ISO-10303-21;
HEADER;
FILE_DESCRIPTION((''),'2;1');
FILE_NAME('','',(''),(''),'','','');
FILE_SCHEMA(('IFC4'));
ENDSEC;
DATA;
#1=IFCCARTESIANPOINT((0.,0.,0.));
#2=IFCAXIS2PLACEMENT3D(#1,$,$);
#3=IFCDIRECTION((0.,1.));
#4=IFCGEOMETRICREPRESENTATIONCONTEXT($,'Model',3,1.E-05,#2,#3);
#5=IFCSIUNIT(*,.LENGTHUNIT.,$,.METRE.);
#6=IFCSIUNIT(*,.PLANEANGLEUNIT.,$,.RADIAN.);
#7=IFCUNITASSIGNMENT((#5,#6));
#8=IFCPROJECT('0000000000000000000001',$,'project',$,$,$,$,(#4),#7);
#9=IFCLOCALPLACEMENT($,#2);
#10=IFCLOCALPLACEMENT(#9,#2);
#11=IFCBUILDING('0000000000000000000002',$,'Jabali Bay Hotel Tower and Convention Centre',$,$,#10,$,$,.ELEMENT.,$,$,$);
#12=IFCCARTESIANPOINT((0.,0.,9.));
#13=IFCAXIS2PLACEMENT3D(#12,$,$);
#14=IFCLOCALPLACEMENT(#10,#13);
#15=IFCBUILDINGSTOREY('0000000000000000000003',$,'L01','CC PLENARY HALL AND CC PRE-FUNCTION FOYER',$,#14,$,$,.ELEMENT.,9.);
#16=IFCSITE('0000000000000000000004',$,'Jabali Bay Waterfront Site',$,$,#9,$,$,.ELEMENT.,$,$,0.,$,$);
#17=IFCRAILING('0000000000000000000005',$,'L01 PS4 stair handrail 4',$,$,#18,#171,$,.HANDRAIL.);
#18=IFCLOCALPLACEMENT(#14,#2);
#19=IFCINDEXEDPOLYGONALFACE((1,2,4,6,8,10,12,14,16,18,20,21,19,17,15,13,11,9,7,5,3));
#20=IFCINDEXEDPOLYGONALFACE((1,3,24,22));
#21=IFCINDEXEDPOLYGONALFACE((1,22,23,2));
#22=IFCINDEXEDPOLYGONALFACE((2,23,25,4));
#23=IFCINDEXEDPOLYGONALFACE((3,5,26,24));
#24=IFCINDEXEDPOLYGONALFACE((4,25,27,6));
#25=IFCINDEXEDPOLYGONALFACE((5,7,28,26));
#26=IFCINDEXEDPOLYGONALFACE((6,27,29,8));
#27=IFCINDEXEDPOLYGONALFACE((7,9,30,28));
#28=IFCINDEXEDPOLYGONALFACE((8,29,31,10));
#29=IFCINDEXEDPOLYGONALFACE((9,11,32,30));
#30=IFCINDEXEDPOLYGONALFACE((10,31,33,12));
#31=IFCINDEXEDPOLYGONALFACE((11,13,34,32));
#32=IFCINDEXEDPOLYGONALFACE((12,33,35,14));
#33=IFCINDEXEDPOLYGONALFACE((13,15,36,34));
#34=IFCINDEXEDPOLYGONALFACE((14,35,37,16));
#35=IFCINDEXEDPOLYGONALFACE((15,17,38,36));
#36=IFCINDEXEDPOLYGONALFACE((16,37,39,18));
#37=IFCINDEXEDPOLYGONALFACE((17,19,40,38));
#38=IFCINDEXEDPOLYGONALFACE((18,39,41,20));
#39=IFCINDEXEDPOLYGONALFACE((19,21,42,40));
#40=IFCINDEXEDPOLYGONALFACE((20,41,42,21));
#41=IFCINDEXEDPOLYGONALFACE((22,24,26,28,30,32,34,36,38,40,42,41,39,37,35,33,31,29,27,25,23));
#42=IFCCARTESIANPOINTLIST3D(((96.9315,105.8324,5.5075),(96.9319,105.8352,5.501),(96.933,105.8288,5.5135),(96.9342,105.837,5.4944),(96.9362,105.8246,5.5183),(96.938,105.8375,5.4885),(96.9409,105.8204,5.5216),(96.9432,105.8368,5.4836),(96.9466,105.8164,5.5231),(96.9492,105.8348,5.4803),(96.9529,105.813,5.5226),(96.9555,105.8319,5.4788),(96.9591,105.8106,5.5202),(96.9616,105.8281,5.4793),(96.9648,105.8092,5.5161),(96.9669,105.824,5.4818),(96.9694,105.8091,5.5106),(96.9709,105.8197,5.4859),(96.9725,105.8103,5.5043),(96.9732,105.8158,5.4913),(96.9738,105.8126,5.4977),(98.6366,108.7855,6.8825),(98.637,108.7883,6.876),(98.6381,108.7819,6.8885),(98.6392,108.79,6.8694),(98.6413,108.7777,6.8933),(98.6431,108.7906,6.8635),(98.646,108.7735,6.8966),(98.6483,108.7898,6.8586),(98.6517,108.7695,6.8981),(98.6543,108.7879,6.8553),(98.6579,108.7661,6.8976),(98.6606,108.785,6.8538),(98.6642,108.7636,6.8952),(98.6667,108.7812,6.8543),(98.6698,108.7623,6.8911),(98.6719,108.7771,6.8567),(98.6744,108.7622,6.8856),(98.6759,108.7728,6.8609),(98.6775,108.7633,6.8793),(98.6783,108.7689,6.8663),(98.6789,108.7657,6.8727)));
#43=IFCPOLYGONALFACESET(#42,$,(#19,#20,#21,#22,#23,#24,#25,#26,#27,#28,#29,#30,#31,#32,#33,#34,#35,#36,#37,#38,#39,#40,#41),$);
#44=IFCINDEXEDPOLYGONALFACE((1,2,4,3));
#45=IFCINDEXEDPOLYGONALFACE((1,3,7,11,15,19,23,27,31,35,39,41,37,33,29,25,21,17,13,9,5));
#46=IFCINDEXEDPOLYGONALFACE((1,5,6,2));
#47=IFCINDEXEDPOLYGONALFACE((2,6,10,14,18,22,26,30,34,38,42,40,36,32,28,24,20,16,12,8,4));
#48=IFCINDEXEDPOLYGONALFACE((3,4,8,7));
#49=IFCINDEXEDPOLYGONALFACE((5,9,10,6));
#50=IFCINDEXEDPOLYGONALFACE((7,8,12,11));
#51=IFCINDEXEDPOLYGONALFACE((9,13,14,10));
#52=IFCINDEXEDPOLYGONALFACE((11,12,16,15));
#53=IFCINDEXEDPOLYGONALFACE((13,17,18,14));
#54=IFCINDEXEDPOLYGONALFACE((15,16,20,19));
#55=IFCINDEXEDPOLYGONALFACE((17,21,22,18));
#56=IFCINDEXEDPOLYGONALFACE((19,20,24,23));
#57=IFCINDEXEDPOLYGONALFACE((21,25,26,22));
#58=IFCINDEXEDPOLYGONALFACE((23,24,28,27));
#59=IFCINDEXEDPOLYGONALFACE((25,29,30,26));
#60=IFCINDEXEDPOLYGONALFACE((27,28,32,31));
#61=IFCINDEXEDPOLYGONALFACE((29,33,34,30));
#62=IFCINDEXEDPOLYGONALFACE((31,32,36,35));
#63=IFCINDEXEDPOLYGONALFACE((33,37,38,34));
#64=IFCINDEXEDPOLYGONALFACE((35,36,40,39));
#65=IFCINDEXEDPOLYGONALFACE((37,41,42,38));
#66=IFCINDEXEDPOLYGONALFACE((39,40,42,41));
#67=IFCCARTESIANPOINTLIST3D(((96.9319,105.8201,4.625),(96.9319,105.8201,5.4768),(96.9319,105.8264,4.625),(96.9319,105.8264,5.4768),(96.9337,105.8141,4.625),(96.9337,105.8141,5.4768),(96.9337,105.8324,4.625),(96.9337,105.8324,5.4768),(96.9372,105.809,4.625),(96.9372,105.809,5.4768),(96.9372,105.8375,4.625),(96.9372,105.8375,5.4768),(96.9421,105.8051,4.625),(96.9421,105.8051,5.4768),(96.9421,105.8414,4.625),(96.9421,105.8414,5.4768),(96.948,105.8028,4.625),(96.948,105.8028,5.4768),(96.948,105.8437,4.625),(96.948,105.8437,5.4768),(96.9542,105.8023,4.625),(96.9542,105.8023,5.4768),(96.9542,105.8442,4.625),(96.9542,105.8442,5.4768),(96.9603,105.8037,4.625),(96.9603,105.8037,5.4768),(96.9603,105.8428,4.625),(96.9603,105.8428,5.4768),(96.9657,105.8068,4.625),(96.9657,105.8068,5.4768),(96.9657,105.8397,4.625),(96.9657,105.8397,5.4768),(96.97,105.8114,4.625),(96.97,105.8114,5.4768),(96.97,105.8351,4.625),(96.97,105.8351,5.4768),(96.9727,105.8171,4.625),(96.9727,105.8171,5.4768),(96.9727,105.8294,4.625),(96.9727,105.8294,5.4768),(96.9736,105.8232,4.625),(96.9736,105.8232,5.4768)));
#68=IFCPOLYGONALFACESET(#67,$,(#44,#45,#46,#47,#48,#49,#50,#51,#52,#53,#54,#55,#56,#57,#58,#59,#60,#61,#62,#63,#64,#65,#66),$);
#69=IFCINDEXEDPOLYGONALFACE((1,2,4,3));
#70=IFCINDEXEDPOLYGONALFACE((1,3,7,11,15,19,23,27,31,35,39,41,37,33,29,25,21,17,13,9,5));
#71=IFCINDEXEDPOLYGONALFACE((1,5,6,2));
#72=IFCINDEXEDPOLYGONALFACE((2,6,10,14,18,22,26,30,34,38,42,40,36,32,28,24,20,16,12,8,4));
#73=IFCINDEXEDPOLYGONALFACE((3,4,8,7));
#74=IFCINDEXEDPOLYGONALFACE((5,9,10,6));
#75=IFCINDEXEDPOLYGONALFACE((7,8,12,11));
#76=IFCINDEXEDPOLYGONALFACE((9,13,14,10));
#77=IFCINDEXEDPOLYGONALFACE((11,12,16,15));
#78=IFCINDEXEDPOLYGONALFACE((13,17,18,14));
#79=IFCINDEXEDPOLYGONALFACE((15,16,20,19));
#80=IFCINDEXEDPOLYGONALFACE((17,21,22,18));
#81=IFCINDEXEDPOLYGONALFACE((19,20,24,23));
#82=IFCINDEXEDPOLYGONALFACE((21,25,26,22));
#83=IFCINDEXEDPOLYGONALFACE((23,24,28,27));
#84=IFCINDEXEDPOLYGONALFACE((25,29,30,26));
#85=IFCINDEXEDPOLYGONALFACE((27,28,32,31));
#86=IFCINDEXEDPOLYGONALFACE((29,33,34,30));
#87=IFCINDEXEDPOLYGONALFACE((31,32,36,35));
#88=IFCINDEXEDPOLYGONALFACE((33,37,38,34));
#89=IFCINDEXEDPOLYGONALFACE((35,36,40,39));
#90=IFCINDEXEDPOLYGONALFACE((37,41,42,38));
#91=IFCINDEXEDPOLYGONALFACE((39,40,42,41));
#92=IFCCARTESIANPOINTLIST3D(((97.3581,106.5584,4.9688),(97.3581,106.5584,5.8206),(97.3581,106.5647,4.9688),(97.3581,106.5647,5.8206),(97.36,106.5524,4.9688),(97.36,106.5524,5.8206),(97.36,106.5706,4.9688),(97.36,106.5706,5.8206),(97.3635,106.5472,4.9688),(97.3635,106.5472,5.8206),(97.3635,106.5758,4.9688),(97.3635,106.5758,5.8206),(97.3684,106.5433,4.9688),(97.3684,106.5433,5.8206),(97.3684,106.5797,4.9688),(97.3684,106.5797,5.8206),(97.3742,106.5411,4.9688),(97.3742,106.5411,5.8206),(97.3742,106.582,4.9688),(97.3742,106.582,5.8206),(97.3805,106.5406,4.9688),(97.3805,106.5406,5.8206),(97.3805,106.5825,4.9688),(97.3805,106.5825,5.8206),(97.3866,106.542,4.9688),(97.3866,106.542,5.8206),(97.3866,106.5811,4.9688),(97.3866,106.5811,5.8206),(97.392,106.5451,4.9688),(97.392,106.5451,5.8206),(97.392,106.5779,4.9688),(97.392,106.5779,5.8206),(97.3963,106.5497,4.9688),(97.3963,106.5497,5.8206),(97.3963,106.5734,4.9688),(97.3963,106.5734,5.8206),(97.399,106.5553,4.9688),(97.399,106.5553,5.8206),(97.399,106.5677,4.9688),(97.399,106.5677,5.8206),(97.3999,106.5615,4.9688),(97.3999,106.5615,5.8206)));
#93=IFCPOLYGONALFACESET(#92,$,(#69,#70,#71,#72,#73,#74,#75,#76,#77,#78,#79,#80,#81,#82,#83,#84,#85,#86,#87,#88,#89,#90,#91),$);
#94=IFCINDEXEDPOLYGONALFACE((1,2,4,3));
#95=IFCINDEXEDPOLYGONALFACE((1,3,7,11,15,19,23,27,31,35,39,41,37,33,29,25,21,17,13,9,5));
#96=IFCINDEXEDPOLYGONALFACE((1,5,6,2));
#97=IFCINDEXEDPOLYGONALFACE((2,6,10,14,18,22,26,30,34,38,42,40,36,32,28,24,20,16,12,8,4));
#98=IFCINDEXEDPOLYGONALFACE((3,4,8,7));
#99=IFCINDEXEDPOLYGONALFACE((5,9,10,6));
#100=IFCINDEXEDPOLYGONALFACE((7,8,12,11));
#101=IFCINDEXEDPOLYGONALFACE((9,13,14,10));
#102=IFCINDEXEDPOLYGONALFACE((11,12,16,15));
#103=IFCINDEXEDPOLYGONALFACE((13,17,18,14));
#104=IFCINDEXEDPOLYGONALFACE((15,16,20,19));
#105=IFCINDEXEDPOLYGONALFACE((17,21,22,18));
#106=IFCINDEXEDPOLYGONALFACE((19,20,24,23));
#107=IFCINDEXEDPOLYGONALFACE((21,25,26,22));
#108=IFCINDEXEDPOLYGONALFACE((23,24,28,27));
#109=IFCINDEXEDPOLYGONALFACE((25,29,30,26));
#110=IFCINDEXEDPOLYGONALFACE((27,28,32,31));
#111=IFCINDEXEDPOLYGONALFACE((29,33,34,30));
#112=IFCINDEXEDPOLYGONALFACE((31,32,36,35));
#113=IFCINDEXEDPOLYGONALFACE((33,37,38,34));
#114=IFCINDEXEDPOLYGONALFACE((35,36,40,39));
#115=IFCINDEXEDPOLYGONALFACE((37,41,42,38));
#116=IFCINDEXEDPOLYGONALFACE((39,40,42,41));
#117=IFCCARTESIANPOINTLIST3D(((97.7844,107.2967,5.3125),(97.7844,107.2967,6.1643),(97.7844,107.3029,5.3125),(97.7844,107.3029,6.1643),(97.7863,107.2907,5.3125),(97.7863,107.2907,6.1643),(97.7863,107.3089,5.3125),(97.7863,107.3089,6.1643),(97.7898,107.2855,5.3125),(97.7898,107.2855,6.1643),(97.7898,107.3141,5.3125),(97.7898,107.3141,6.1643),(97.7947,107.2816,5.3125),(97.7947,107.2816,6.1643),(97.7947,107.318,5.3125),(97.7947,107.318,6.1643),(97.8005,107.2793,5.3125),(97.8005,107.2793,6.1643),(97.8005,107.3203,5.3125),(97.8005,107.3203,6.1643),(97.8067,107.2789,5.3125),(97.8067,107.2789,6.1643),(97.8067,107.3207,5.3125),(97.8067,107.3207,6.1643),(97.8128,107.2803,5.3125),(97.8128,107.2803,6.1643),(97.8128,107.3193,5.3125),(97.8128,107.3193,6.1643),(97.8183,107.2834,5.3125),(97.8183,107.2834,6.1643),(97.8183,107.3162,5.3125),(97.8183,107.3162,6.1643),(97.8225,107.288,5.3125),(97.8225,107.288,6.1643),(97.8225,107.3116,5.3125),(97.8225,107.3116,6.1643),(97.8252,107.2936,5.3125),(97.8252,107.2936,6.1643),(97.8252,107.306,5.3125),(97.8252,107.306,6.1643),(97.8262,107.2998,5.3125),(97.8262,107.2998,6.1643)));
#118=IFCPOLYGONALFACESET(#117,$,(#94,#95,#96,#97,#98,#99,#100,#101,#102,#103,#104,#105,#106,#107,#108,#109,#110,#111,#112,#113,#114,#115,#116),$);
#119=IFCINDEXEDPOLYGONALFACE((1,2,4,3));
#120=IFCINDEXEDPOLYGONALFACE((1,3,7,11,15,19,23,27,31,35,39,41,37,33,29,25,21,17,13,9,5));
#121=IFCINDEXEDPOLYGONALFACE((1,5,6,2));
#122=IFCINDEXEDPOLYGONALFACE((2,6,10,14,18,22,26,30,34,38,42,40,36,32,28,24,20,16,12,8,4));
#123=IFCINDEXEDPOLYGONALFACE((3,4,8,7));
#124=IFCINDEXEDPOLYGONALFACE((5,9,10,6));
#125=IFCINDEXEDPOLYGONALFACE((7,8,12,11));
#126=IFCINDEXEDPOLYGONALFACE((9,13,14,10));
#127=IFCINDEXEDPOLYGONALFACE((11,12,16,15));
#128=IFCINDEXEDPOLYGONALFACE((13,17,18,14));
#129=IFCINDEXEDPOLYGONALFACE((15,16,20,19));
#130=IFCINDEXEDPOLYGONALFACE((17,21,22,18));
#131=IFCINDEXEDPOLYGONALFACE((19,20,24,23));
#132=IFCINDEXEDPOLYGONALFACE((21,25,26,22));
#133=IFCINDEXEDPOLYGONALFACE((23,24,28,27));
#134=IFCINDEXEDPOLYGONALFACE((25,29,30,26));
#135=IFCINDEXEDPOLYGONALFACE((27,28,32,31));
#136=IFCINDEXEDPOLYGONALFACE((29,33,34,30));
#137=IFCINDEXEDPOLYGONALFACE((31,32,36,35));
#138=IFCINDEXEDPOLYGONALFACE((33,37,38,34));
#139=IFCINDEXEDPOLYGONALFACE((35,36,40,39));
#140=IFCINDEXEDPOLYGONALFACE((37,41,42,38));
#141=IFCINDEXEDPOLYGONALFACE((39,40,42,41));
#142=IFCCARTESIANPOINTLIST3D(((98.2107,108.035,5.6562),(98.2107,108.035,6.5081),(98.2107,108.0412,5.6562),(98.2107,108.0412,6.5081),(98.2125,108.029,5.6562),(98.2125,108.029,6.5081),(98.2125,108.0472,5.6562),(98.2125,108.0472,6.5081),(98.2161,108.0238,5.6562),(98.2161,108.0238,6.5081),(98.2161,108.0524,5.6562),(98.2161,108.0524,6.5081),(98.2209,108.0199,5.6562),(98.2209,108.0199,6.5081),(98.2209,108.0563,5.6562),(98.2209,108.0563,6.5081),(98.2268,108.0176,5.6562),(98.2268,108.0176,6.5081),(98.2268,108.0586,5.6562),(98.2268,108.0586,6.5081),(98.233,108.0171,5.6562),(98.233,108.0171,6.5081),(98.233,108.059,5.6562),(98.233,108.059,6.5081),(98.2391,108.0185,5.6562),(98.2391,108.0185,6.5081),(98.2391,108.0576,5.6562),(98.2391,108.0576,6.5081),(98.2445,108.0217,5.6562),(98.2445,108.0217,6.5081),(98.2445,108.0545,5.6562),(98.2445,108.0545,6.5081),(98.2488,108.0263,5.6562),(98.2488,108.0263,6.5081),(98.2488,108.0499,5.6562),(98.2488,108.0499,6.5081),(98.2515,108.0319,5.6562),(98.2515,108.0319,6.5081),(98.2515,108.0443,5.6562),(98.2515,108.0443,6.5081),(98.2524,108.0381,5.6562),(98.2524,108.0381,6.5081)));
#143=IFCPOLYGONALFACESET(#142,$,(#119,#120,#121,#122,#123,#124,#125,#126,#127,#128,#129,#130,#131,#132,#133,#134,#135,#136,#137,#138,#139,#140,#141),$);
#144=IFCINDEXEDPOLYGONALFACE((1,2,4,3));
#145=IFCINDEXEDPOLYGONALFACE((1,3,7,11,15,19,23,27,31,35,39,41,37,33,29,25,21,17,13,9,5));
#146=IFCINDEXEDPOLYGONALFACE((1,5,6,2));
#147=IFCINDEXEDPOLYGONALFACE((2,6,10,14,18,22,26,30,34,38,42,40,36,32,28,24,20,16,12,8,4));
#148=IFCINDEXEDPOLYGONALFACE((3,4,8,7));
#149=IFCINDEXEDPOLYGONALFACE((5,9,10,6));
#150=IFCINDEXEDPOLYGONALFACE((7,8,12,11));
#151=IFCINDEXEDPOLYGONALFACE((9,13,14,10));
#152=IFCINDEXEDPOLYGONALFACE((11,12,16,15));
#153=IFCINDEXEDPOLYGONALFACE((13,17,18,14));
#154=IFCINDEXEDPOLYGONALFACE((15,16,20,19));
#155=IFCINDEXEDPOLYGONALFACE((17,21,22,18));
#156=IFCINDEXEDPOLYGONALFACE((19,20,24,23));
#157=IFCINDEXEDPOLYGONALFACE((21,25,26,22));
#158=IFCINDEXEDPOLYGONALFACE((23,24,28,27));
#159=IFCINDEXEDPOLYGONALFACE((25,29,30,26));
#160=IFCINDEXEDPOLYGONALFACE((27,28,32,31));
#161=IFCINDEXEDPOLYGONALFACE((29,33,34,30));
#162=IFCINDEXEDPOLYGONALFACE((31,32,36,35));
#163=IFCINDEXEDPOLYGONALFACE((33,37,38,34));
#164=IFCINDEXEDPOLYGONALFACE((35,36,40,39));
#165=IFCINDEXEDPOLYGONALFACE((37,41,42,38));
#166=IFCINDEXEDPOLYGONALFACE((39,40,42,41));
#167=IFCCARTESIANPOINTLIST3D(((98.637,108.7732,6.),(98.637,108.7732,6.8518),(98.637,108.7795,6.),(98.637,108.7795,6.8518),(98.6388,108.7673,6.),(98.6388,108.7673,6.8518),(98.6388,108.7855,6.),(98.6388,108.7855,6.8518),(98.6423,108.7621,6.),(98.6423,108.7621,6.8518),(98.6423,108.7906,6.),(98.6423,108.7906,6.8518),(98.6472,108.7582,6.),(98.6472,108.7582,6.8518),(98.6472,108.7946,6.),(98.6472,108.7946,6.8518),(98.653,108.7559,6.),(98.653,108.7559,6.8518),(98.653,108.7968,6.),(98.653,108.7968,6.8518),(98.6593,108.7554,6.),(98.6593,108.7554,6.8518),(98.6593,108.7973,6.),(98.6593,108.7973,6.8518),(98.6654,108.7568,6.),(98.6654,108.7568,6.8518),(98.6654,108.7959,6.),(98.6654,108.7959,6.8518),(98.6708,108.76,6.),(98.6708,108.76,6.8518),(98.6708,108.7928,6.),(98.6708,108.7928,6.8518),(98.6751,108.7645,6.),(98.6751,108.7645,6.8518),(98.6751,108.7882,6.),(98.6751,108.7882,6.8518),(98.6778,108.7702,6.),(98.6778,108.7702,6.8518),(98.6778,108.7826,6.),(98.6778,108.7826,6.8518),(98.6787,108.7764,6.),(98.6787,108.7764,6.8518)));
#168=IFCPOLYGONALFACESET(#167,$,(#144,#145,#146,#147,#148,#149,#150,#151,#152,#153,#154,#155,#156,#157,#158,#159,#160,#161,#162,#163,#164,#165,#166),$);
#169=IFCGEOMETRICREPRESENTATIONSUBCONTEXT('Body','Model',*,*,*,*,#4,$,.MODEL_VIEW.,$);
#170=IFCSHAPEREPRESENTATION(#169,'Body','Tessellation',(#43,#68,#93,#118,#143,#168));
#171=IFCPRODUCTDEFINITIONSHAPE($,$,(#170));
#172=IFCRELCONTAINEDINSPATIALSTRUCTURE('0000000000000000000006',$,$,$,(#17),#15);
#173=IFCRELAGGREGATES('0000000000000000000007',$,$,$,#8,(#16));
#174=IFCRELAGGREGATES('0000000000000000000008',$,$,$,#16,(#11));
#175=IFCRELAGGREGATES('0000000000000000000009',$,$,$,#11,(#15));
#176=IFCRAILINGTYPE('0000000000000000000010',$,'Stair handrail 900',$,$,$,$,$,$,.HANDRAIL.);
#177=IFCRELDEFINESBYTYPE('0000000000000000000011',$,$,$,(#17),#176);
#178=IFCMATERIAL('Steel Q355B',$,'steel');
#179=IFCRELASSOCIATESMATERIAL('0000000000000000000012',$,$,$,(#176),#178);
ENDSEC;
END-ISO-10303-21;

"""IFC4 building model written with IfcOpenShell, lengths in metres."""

from ifc_helpers import new_model, si_unit, direction, frame, origin, origin_2d, place, context, subcontext, project, spatial, circle, extrude, material, type_object, element, save


model = new_model("IFC4")

# Units and contexts
model_context = context("Model", 3, precision=1e-05, world=origin(), true_north=direction((0.0, 1.0)))
body_context = subcontext(model_context, "Body", "Model", "MODEL_VIEW")
ifc_project = project(units=[si_unit("LENGTHUNIT", "METRE"), si_unit("PLANEANGLEUNIT", "RADIAN")], contexts=[model_context])

# Site, building, storey
site_placement = place(None, origin())
site = spatial("IfcSite", under=ifc_project, at=site_placement, Name="Jabali Bay Waterfront Site", CompositionType="ELEMENT", RefElevation=0.0)
building_placement = place(site_placement, origin())
building = spatial("IfcBuilding", under=site, at=building_placement, Name="Jabali Bay Hotel Tower and Convention Centre", CompositionType="ELEMENT")
storey_placement = place(building_placement, frame((0.0, 0.0, 9.0)))
storey = spatial("IfcBuildingStorey", under=building, at=storey_placement, Name="L01", Description="CC PLENARY HALL AND CC PRE-FUNCTION FOYER", CompositionType="ELEMENT", Elevation=9.0)

# Railing
ifc_material_1 = material(Name="Steel Q355B", Category="steel")
railing_type = type_object("IfcRailingType", Name="Stair handrail 900", PredefinedType="HANDRAIL", material=ifc_material_1)
railing_placement = place(storey_placement, frame((96.9526, 105.8232, 4.625)))
element("IfcRailing", 1, at=railing_placement, inside=storey, type_object=railing_type, Name="L01 PS4 stair handrail 4", PredefinedType="HANDRAIL", context=body_context, shape_type="SweptSolid", body=[
    extrude(circle(Radius=0.0239, at=origin_2d()), frame((0.0, 0.0, 0.876), z_axis=(0.46374, 0.803178, 0.373966), x_axis=(-0.866014, 0.50002, 0.0)), (0.0, 0.0, 1.0), 3.6768),
    extrude(circle(Radius=0.021, at=origin_2d()), origin(), (0.0, 0.0, 1.0), 0.8518),
    extrude(circle(Radius=0.021, at=origin_2d()), frame((0.4263, 0.7383, 0.3438)), (0.0, 0.0, 1.0), 0.8518),
    extrude(circle(Radius=0.021, at=origin_2d()), frame((0.8525, 1.4766, 0.6875)), (0.0, 0.0, 1.0), 0.8518),
    extrude(circle(Radius=0.021, at=origin_2d()), frame((1.2788, 2.2148, 1.0312)), (0.0, 0.0, 1.0), 0.8518),
    extrude(circle(Radius=0.021, at=origin_2d()), frame((1.7051, 2.9531, 1.375)), (0.0, 0.0, 1.0), 0.8518),
])

save(model, "model.ifc")
